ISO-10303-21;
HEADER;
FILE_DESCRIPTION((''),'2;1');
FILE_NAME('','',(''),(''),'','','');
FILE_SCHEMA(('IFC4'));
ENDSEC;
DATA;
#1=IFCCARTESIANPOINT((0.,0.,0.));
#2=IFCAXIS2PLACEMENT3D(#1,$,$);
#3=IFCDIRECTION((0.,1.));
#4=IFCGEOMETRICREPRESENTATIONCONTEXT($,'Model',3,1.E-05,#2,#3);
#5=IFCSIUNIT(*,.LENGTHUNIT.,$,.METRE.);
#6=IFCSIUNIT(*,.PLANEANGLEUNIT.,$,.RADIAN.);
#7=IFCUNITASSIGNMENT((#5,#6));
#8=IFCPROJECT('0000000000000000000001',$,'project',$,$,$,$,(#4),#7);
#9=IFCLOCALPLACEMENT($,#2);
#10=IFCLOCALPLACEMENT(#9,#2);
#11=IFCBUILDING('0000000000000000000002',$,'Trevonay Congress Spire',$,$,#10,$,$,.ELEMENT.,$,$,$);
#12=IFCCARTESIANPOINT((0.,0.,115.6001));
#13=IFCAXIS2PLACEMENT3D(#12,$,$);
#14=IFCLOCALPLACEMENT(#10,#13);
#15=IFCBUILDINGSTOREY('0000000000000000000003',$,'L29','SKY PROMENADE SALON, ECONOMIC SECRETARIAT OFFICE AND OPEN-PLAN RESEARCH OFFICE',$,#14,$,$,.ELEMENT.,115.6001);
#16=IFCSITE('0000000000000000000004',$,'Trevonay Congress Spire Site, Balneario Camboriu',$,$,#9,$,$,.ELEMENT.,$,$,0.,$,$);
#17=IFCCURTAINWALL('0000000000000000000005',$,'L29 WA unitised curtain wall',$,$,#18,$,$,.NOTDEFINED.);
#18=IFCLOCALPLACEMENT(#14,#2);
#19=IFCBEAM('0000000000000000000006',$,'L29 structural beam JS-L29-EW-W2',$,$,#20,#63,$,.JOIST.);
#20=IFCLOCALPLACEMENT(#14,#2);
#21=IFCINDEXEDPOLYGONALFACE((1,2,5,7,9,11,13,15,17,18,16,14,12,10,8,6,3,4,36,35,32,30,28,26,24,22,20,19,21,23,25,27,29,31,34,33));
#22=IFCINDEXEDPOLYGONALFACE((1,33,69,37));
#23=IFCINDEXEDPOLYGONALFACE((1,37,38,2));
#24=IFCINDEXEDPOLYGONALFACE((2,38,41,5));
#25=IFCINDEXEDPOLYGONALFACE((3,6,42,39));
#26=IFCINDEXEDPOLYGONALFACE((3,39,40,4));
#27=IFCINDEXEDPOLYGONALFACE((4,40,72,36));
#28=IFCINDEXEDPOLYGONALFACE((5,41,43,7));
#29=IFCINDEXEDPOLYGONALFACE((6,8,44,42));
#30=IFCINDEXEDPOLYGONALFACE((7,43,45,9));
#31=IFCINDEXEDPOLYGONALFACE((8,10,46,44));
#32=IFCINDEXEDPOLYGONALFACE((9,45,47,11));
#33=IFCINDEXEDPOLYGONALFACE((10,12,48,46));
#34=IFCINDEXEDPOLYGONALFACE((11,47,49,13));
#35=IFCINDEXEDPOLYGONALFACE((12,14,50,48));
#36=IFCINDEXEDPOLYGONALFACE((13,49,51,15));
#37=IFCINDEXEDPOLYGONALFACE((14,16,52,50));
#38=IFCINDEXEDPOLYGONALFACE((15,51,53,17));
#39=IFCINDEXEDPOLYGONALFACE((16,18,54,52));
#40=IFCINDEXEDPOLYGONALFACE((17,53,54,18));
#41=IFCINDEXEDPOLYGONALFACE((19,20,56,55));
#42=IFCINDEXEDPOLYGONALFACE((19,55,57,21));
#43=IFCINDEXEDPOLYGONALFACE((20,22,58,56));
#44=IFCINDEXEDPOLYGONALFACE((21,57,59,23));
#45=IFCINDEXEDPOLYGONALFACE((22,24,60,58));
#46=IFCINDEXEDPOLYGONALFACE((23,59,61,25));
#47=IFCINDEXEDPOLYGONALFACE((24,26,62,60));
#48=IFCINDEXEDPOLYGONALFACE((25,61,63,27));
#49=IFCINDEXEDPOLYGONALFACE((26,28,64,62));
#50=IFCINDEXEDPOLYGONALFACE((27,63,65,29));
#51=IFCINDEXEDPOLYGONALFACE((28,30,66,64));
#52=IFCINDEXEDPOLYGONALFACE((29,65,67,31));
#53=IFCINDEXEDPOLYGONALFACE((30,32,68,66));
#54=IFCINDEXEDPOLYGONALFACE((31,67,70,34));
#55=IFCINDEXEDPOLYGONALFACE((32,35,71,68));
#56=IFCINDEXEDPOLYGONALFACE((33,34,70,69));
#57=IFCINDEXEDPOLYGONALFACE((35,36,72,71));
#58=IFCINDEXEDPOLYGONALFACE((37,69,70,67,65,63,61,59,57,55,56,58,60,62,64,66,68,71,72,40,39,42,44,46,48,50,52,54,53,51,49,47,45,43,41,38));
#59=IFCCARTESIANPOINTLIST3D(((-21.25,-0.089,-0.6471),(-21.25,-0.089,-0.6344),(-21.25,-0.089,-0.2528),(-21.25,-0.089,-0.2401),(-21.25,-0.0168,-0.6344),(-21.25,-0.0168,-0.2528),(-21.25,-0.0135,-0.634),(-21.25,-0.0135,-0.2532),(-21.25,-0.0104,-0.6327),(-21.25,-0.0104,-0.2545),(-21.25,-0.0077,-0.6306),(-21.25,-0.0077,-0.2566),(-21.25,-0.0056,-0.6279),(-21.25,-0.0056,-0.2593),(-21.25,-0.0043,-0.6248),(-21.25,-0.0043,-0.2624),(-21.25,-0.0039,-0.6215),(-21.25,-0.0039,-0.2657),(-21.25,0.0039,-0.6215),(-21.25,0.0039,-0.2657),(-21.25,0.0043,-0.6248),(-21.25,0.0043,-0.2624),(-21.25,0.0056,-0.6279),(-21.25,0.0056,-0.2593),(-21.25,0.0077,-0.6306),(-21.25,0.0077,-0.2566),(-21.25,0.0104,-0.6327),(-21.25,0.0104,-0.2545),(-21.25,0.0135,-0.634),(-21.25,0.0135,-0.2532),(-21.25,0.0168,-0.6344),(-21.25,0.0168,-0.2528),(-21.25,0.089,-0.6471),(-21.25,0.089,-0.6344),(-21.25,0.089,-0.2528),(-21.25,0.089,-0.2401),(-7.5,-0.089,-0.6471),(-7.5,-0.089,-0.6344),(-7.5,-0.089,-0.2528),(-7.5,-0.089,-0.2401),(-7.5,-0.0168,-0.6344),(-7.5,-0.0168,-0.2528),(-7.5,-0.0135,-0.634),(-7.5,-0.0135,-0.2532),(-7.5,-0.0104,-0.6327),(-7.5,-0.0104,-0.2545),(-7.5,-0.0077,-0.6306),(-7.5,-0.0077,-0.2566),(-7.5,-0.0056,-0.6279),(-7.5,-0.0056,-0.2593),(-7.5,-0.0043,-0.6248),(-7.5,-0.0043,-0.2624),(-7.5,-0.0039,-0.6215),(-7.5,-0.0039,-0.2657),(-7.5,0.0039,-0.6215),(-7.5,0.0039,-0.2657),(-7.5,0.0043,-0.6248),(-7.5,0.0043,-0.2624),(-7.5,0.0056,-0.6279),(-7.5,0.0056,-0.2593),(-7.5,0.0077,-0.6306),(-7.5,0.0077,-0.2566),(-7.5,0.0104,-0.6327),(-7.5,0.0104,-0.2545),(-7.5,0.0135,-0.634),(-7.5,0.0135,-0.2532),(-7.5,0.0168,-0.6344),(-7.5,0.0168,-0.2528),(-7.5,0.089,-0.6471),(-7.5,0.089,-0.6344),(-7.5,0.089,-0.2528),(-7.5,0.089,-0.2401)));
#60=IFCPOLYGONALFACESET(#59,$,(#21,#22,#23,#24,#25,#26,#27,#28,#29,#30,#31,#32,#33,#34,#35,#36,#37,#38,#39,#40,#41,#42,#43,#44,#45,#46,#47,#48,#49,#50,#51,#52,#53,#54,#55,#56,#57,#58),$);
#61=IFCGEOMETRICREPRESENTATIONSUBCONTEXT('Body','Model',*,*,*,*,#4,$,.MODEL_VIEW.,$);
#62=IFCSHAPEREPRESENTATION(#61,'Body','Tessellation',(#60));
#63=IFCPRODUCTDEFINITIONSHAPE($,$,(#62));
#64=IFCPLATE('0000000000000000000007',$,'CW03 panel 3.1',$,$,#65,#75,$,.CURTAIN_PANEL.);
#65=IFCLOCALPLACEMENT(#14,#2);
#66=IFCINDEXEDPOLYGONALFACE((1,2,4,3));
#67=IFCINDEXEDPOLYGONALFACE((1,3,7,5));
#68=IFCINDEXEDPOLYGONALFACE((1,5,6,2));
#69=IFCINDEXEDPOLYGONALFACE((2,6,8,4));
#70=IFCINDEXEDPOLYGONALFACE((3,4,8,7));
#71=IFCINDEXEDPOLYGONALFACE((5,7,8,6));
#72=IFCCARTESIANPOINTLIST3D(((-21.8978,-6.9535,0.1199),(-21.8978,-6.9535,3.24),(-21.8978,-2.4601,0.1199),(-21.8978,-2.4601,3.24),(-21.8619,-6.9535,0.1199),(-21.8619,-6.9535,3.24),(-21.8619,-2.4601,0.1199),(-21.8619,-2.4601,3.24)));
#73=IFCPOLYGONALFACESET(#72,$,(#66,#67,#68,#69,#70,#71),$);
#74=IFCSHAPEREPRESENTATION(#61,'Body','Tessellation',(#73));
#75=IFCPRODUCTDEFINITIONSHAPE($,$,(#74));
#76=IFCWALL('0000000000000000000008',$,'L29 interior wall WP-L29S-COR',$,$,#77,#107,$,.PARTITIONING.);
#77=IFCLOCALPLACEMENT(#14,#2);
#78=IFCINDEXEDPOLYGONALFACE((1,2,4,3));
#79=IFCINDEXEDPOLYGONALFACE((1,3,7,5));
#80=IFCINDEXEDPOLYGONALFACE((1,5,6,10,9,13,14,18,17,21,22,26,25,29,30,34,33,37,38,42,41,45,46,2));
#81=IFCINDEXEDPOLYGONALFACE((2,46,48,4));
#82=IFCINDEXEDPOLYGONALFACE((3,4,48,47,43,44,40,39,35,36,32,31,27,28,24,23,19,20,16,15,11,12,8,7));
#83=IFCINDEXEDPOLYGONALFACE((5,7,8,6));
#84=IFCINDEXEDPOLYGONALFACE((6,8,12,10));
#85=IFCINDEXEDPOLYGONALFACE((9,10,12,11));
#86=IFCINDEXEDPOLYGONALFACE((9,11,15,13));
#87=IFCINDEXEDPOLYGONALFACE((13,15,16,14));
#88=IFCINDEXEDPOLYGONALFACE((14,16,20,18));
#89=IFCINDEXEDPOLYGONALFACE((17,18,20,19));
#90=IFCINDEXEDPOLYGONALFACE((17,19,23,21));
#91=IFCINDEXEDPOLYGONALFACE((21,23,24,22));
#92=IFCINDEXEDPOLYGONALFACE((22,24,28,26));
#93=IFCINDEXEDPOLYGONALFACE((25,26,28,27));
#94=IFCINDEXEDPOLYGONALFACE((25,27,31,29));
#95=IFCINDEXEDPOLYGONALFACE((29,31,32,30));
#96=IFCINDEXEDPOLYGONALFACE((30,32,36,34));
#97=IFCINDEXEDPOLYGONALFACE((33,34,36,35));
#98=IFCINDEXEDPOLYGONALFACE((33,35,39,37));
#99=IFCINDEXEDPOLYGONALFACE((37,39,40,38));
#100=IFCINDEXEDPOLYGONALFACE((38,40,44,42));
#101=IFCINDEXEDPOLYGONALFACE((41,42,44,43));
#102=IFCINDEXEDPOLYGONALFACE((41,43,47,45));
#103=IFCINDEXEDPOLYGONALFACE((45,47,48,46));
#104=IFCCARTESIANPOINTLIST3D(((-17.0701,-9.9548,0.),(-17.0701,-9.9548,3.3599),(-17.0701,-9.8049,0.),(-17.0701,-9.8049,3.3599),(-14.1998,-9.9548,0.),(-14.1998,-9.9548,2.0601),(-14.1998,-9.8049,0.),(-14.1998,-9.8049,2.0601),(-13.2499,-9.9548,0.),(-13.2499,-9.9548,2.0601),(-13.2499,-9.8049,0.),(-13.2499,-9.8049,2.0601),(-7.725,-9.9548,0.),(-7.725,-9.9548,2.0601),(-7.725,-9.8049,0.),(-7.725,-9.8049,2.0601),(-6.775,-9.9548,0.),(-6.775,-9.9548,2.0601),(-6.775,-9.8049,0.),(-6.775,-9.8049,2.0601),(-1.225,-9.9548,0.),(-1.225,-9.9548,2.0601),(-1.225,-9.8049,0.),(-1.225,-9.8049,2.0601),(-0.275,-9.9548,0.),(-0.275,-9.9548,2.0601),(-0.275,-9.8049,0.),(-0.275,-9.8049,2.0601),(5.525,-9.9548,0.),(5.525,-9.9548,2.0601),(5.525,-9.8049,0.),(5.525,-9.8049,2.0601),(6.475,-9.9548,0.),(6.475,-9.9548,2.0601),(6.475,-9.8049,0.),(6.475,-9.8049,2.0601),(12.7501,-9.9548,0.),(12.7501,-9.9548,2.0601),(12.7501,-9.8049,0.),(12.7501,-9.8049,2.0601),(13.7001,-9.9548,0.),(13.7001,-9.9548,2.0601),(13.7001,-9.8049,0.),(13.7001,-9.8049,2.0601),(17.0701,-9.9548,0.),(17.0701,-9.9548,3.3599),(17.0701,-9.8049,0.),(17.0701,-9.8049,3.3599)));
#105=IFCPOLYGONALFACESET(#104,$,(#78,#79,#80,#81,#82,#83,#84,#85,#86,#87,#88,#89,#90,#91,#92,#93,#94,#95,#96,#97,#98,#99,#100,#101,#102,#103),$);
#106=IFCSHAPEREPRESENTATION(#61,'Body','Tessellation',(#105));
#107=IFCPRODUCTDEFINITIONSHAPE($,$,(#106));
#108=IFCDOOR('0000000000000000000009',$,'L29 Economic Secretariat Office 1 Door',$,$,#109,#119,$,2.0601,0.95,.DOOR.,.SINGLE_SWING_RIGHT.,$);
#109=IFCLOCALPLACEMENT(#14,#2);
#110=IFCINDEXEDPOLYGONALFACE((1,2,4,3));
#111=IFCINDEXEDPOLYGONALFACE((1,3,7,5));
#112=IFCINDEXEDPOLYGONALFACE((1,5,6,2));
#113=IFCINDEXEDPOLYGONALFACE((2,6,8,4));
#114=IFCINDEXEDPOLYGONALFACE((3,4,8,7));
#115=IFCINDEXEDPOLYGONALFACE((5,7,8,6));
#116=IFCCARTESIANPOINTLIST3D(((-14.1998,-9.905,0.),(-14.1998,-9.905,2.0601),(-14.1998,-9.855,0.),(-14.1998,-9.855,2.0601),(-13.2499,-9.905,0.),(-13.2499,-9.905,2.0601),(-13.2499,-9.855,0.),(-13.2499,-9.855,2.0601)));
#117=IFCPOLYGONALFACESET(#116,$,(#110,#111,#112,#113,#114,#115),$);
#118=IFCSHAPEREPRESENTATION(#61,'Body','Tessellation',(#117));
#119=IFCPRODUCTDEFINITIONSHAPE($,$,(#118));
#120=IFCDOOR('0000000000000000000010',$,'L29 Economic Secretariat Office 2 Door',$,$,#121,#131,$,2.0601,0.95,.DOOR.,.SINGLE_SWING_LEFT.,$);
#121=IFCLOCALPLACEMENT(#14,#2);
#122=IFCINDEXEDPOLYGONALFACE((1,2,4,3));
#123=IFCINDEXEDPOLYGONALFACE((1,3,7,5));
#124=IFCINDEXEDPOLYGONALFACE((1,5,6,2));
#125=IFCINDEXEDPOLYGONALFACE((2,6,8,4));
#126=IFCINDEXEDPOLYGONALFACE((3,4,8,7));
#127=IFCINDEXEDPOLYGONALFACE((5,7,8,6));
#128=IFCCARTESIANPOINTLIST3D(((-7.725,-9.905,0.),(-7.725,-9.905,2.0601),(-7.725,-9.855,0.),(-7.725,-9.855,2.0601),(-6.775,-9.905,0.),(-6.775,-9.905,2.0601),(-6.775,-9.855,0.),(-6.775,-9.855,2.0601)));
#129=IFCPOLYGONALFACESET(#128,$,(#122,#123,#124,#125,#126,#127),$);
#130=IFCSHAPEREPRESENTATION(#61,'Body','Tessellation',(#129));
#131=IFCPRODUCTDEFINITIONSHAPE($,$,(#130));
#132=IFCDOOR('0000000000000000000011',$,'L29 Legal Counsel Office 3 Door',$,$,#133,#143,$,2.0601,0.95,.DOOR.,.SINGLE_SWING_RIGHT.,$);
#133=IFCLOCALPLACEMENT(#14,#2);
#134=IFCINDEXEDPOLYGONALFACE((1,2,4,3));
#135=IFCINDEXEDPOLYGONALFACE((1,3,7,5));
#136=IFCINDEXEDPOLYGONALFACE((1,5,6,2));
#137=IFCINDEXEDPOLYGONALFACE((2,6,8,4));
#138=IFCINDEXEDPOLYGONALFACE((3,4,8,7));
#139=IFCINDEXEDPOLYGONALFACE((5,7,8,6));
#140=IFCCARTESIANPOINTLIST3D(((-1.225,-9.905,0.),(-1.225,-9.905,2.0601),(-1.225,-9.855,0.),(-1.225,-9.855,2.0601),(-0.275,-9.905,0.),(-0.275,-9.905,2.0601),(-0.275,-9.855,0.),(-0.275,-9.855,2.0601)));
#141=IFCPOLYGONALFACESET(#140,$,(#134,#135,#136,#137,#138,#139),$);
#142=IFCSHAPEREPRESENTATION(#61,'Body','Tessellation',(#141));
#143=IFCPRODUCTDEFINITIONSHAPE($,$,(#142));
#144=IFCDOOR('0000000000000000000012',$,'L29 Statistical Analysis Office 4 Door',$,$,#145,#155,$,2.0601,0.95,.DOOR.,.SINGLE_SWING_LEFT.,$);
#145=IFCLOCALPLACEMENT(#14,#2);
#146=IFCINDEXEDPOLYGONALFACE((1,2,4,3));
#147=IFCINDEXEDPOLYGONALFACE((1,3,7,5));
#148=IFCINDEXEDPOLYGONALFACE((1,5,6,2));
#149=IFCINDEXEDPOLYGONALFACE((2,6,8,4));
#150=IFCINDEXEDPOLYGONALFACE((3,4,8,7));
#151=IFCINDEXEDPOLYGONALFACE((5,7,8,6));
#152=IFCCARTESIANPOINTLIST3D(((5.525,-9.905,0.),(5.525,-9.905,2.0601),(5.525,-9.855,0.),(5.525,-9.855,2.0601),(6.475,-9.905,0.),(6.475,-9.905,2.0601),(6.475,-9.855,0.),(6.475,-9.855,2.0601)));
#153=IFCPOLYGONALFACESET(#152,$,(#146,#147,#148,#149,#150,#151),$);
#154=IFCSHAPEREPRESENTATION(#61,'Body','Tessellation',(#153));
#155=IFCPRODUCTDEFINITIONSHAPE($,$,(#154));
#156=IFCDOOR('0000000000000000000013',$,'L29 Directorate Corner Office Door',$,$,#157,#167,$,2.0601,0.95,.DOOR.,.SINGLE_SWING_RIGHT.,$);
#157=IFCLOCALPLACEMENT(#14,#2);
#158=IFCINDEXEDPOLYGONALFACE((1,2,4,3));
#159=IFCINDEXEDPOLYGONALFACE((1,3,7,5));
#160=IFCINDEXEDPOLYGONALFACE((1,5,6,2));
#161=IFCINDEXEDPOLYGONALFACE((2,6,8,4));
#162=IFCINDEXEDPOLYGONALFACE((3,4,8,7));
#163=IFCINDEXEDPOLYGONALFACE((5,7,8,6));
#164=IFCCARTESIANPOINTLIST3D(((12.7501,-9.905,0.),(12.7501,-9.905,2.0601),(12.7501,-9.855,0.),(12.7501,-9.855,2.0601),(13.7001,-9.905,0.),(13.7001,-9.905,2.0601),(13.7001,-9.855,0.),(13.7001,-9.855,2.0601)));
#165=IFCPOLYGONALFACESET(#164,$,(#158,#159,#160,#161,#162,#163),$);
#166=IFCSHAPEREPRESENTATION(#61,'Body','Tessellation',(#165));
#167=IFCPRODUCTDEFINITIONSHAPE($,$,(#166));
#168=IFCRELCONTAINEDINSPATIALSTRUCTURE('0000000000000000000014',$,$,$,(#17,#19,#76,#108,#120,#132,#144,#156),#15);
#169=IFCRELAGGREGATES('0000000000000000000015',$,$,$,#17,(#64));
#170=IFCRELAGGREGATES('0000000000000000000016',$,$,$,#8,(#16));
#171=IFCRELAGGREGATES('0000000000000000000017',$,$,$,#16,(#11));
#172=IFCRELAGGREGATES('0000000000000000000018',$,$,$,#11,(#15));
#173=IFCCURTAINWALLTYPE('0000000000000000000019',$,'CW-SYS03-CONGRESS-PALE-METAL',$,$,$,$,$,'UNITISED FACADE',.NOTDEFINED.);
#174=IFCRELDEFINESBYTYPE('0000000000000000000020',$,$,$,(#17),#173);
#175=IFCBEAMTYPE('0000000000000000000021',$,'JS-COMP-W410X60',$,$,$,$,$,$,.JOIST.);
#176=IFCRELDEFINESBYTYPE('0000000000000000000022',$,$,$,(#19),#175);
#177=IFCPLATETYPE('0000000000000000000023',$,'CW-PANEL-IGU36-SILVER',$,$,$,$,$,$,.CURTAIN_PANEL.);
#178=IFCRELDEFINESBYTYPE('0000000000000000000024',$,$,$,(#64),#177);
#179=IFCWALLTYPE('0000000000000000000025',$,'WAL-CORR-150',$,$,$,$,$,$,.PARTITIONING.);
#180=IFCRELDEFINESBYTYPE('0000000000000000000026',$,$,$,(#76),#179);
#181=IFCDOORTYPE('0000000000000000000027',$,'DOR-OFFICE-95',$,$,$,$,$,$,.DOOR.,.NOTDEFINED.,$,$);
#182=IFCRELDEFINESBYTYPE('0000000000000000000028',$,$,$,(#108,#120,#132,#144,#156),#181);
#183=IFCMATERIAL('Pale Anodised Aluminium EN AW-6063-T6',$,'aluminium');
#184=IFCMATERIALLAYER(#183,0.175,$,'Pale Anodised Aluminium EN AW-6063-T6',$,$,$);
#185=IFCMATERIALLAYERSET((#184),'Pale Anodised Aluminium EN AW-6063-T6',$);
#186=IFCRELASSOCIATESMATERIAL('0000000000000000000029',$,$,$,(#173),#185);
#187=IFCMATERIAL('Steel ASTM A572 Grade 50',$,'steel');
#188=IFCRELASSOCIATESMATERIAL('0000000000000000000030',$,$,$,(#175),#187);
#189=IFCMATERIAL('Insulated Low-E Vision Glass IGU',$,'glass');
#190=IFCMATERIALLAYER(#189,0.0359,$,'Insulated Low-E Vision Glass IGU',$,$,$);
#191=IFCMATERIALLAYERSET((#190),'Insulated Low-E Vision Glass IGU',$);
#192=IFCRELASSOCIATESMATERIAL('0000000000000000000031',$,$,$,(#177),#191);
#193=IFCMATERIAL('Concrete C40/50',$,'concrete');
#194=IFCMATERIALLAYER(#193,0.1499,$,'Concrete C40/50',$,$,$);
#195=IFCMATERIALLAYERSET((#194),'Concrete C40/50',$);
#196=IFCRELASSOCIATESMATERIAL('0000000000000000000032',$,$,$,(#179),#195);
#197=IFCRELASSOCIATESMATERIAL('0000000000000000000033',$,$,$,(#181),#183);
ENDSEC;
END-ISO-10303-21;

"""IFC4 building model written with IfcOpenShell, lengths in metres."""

from ifc_helpers import new_model, si_unit, direction, frame, frame_2d, origin, origin_2d, place, context, subcontext, project, spatial, rectangle, i_section, extrude, material, layer, layer_set, material_profile, profile_set, type_object, element, fill, aggregate, save


model = new_model("IFC4")

# Units and contexts
model_context = context("Model", 3, precision=1e-05, world=origin(), true_north=direction((0.0, 1.0)))
body_context = subcontext(model_context, "Body", "Model", "MODEL_VIEW")
ifc_project = project(units=[si_unit("LENGTHUNIT", "METRE"), si_unit("PLANEANGLEUNIT", "RADIAN")], contexts=[model_context])

# Site, building, storey
site_placement = place(None, origin())
site = spatial("IfcSite", under=ifc_project, at=site_placement, Name="Trevonay Congress Spire Site, Balneario Camboriu", CompositionType="ELEMENT", RefElevation=0.0)
building_placement = place(site_placement, origin())
building = spatial("IfcBuilding", under=site, at=building_placement, Name="Trevonay Congress Spire", CompositionType="ELEMENT")
storey_placement = place(building_placement, frame((0.0, 0.0, 115.6001)))
storey = spatial("IfcBuildingStorey", under=building, at=storey_placement, Name="L29", Description="SKY PROMENADE SALON, ECONOMIC SECRETARIAT OFFICE AND OPEN-PLAN RESEARCH OFFICE", CompositionType="ELEMENT", Elevation=115.6001)

# Shared definitions
ifc_material_1 = material(Name="Steel ASTM A572 Grade 50", Category="steel")

# Curtain wall
ifc_material_2 = material(Name="Pale Anodised Aluminium EN AW-6063-T6", Category="aluminium")
ifc_layer_1 = layer(ifc_material_2, 0.175, Name="Pale Anodised Aluminium EN AW-6063-T6")
ifc_layer_set_1 = layer_set([ifc_layer_1], Name="Pale Anodised Aluminium EN AW-6063-T6")
curtain_wall_type = type_object("IfcCurtainWallType", Name="CW-SYS03-CONGRESS-PALE-METAL", ElementType="UNITISED FACADE", PredefinedType="NOTDEFINED", material=ifc_layer_set_1)
curtain_wall_placement = place(storey_placement, origin())
curtain_wall = element("IfcCurtainWall", 1, at=curtain_wall_placement, inside=storey, type_object=curtain_wall_type, Name="L29 WA unitised curtain wall", PredefinedType="NOTDEFINED")

# Beam
ifc_material_profile_1 = material_profile(ifc_material_1, i_section(OverallWidth=0.178, OverallDepth=0.407, WebThickness=0.0078, FlangeThickness=0.0127, FilletRadius=0.0129, at=origin_2d()), Name="W410x60")
ifc_profile_set_1 = profile_set([ifc_material_profile_1], Name="Steel ASTM A572 Grade 50")
beam_type_1 = type_object("IfcBeamType", Name="JS-COMP-W410X60", PredefinedType="JOIST", material=ifc_profile_set_1)
for number, where, z_axis, x_axis, name in (
    (2, (-21.25, 0.0, -0.4436), (1.0, 0.0, 0.0), (0.0, 1.0, 0.0), "L29 structural beam JS-L29-EW-W2"),
):
    element("IfcBeam", number, at=place(storey_placement, frame(where, z_axis=z_axis, x_axis=x_axis)), inside=storey, type_object=beam_type_1, Name=name, PredefinedType="JOIST", context=body_context, shape_type="SweptSolid", body=[
        extrude(i_section(OverallWidth=0.178, OverallDepth=0.407, WebThickness=0.0078, FlangeThickness=0.0127, FilletRadius=0.0129, at=origin_2d()), origin(), (0.0, 0.0, 1.0), 13.75),
    ])

# Plate
ifc_material_3 = material(Name="Insulated Low-E Vision Glass IGU", Category="glass")
ifc_layer_2 = layer(ifc_material_3, 0.0359, Name="Insulated Low-E Vision Glass IGU")
ifc_layer_set_2 = layer_set([ifc_layer_2], Name="Insulated Low-E Vision Glass IGU")
plate_type = type_object("IfcPlateType", Name="CW-PANEL-IGU36-SILVER", PredefinedType="CURTAIN_PANEL", material=ifc_layer_set_2)
plate_placement = place(storey_placement, frame((-21.8799, -4.7068, 0.1199), z_axis=(0.0, 0.0, 1.0), x_axis=(0.0, 1.0, 0.0)))
plate = element("IfcPlate", 3, at=plate_placement, type_object=plate_type, Name="CW03 panel 3.1", PredefinedType="CURTAIN_PANEL", context=body_context, shape_type="SweptSolid", body=[
    extrude(rectangle(XDim=4.4934, YDim=0.0359, at=origin_2d()), origin(), (0.0, 0.0, 1.0), 3.1201),
])
aggregate(curtain_wall, [plate])

# Wall, openings, doors
ifc_material_4 = material(Name="Concrete C40/50", Category="concrete")
ifc_layer_3 = layer(ifc_material_4, 0.1499, Name="Concrete C40/50")
ifc_layer_set_3 = layer_set([ifc_layer_3], Name="Concrete C40/50")
wall_type_1 = type_object("IfcWallType", Name="WAL-CORR-150", PredefinedType="PARTITIONING", material=ifc_layer_set_3)
wall_1_placement = place(storey_placement, frame((-17.0701, -9.8799, 0.0), z_axis=(0.0, 0.0, 1.0), x_axis=(1.0, 0.0, 0.0)))
wall_1 = element("IfcWall", 4, at=wall_1_placement, inside=storey, type_object=wall_type_1, Name="L29 interior wall WP-L29S-COR", PredefinedType="PARTITIONING", context=body_context, shape_type="SweptSolid", body=[
    extrude(rectangle(XDim=34.1401, YDim=0.1499, at=frame_2d((17.0701, 0.0))), origin(), (0.0, 0.0, 1.0), 3.3599),
])
opening_1_placement = place(wall_1_placement, frame((2.8701, 0.0, 0.0)))
opening_1 = element("IfcOpeningElement", 5, at=opening_1_placement, cuts=wall_1, PredefinedType="OPENING", context=body_context, shape_type="SweptSolid", body=[
    extrude(rectangle(XDim=0.95, YDim=2.0601, at=frame_2d((0.4751, 1.03))), frame((0.0, 0.085, 0.0), z_axis=(0.0, -1.0, 0.0), x_axis=(1.0, 0.0, 0.0)), (0.0, 0.0, 1.0), 0.1699),
])
opening_2_placement = place(wall_1_placement, frame((9.345, 0.0, 0.0)))
opening_2 = element("IfcOpeningElement", 6, at=opening_2_placement, cuts=wall_1, PredefinedType="OPENING", context=body_context, shape_type="SweptSolid", body=[
    extrude(rectangle(XDim=0.95, YDim=2.0601, at=frame_2d((0.4751, 1.03))), frame((0.0, 0.085, 0.0), z_axis=(0.0, -1.0, 0.0), x_axis=(1.0, 0.0, 0.0)), (0.0, 0.0, 1.0), 0.1699),
])
opening_3_placement = place(wall_1_placement, frame((15.845, 0.0, 0.0)))
opening_3 = element("IfcOpeningElement", 7, at=opening_3_placement, cuts=wall_1, PredefinedType="OPENING", context=body_context, shape_type="SweptSolid", body=[
    extrude(rectangle(XDim=0.95, YDim=2.0601, at=frame_2d((0.4751, 1.03))), frame((0.0, 0.085, 0.0), z_axis=(0.0, -1.0, 0.0), x_axis=(1.0, 0.0, 0.0)), (0.0, 0.0, 1.0), 0.1699),
])
opening_4_placement = place(wall_1_placement, frame((22.595, 0.0, 0.0)))
opening_4 = element("IfcOpeningElement", 8, at=opening_4_placement, cuts=wall_1, PredefinedType="OPENING", context=body_context, shape_type="SweptSolid", body=[
    extrude(rectangle(XDim=0.95, YDim=2.0601, at=frame_2d((0.4751, 1.03))), frame((0.0, 0.085, 0.0), z_axis=(0.0, -1.0, 0.0), x_axis=(1.0, 0.0, 0.0)), (0.0, 0.0, 1.0), 0.1699),
])
opening_5_placement = place(wall_1_placement, frame((29.8201, 0.0, 0.0)))
opening_5 = element("IfcOpeningElement", 9, at=opening_5_placement, cuts=wall_1, PredefinedType="OPENING", context=body_context, shape_type="SweptSolid", body=[
    extrude(rectangle(XDim=0.95, YDim=2.0601, at=frame_2d((0.4751, 1.03))), frame((0.0, 0.085, 0.0), z_axis=(0.0, -1.0, 0.0), x_axis=(1.0, 0.0, 0.0)), (0.0, 0.0, 1.0), 0.1699),
])
door_type_1 = type_object("IfcDoorType", Name="DOR-OFFICE-95", OperationType="NOTDEFINED", PredefinedType="DOOR", material=ifc_material_2)
door_1_placement = place(opening_1_placement, origin())
door_1 = element("IfcDoor", 10, at=door_1_placement, inside=storey, type_object=door_type_1, Name="L29 Economic Secretariat Office 1 Door", OperationType="SINGLE_SWING_RIGHT", OverallHeight=2.0601, OverallWidth=0.95, PredefinedType="DOOR", context=body_context, shape_type="SweptSolid", body=[
    extrude(rectangle(XDim=0.95, YDim=2.0601, at=frame_2d((0.4751, 1.03))), frame((0.0, 0.0249, 0.0), z_axis=(0.0, -1.0, 0.0), x_axis=(1.0, 0.0, 0.0)), (0.0, 0.0, 1.0), 0.05),
])
fill(opening_1, door_1)
door_2_placement = place(opening_2_placement, origin())
door_2 = element("IfcDoor", 11, at=door_2_placement, inside=storey, type_object=door_type_1, Name="L29 Economic Secretariat Office 2 Door", OperationType="SINGLE_SWING_LEFT", OverallHeight=2.0601, OverallWidth=0.95, PredefinedType="DOOR", context=body_context, shape_type="SweptSolid", body=[
    extrude(rectangle(XDim=0.95, YDim=2.0601, at=frame_2d((0.4751, 1.03))), frame((0.0, 0.0249, 0.0), z_axis=(0.0, -1.0, 0.0), x_axis=(1.0, 0.0, 0.0)), (0.0, 0.0, 1.0), 0.05),
])
fill(opening_2, door_2)
door_3_placement = place(opening_3_placement, origin())
door_3 = element("IfcDoor", 12, at=door_3_placement, inside=storey, type_object=door_type_1, Name="L29 Legal Counsel Office 3 Door", OperationType="SINGLE_SWING_RIGHT", OverallHeight=2.0601, OverallWidth=0.95, PredefinedType="DOOR", context=body_context, shape_type="SweptSolid", body=[
    extrude(rectangle(XDim=0.95, YDim=2.0601, at=frame_2d((0.4751, 1.03))), frame((0.0, 0.0249, 0.0), z_axis=(0.0, -1.0, 0.0), x_axis=(1.0, 0.0, 0.0)), (0.0, 0.0, 1.0), 0.05),
])
fill(opening_3, door_3)
door_4_placement = place(opening_4_placement, origin())
door_4 = element("IfcDoor", 13, at=door_4_placement, inside=storey, type_object=door_type_1, Name="L29 Statistical Analysis Office 4 Door", OperationType="SINGLE_SWING_LEFT", OverallHeight=2.0601, OverallWidth=0.95, PredefinedType="DOOR", context=body_context, shape_type="SweptSolid", body=[
    extrude(rectangle(XDim=0.95, YDim=2.0601, at=frame_2d((0.4751, 1.03))), frame((0.0, 0.0249, 0.0), z_axis=(0.0, -1.0, 0.0), x_axis=(1.0, 0.0, 0.0)), (0.0, 0.0, 1.0), 0.05),
])
fill(opening_4, door_4)
door_5_placement = place(opening_5_placement, origin())
door_5 = element("IfcDoor", 14, at=door_5_placement, inside=storey, type_object=door_type_1, Name="L29 Directorate Corner Office Door", OperationType="SINGLE_SWING_RIGHT", OverallHeight=2.0601, OverallWidth=0.95, PredefinedType="DOOR", context=body_context, shape_type="SweptSolid", body=[
    extrude(rectangle(XDim=0.95, YDim=2.0601, at=frame_2d((0.4751, 1.03))), frame((0.0, 0.0249, 0.0), z_axis=(0.0, -1.0, 0.0), x_axis=(1.0, 0.0, 0.0)), (0.0, 0.0, 1.0), 0.05),
])
fill(opening_5, door_5)

save(model, "model.ifc")
